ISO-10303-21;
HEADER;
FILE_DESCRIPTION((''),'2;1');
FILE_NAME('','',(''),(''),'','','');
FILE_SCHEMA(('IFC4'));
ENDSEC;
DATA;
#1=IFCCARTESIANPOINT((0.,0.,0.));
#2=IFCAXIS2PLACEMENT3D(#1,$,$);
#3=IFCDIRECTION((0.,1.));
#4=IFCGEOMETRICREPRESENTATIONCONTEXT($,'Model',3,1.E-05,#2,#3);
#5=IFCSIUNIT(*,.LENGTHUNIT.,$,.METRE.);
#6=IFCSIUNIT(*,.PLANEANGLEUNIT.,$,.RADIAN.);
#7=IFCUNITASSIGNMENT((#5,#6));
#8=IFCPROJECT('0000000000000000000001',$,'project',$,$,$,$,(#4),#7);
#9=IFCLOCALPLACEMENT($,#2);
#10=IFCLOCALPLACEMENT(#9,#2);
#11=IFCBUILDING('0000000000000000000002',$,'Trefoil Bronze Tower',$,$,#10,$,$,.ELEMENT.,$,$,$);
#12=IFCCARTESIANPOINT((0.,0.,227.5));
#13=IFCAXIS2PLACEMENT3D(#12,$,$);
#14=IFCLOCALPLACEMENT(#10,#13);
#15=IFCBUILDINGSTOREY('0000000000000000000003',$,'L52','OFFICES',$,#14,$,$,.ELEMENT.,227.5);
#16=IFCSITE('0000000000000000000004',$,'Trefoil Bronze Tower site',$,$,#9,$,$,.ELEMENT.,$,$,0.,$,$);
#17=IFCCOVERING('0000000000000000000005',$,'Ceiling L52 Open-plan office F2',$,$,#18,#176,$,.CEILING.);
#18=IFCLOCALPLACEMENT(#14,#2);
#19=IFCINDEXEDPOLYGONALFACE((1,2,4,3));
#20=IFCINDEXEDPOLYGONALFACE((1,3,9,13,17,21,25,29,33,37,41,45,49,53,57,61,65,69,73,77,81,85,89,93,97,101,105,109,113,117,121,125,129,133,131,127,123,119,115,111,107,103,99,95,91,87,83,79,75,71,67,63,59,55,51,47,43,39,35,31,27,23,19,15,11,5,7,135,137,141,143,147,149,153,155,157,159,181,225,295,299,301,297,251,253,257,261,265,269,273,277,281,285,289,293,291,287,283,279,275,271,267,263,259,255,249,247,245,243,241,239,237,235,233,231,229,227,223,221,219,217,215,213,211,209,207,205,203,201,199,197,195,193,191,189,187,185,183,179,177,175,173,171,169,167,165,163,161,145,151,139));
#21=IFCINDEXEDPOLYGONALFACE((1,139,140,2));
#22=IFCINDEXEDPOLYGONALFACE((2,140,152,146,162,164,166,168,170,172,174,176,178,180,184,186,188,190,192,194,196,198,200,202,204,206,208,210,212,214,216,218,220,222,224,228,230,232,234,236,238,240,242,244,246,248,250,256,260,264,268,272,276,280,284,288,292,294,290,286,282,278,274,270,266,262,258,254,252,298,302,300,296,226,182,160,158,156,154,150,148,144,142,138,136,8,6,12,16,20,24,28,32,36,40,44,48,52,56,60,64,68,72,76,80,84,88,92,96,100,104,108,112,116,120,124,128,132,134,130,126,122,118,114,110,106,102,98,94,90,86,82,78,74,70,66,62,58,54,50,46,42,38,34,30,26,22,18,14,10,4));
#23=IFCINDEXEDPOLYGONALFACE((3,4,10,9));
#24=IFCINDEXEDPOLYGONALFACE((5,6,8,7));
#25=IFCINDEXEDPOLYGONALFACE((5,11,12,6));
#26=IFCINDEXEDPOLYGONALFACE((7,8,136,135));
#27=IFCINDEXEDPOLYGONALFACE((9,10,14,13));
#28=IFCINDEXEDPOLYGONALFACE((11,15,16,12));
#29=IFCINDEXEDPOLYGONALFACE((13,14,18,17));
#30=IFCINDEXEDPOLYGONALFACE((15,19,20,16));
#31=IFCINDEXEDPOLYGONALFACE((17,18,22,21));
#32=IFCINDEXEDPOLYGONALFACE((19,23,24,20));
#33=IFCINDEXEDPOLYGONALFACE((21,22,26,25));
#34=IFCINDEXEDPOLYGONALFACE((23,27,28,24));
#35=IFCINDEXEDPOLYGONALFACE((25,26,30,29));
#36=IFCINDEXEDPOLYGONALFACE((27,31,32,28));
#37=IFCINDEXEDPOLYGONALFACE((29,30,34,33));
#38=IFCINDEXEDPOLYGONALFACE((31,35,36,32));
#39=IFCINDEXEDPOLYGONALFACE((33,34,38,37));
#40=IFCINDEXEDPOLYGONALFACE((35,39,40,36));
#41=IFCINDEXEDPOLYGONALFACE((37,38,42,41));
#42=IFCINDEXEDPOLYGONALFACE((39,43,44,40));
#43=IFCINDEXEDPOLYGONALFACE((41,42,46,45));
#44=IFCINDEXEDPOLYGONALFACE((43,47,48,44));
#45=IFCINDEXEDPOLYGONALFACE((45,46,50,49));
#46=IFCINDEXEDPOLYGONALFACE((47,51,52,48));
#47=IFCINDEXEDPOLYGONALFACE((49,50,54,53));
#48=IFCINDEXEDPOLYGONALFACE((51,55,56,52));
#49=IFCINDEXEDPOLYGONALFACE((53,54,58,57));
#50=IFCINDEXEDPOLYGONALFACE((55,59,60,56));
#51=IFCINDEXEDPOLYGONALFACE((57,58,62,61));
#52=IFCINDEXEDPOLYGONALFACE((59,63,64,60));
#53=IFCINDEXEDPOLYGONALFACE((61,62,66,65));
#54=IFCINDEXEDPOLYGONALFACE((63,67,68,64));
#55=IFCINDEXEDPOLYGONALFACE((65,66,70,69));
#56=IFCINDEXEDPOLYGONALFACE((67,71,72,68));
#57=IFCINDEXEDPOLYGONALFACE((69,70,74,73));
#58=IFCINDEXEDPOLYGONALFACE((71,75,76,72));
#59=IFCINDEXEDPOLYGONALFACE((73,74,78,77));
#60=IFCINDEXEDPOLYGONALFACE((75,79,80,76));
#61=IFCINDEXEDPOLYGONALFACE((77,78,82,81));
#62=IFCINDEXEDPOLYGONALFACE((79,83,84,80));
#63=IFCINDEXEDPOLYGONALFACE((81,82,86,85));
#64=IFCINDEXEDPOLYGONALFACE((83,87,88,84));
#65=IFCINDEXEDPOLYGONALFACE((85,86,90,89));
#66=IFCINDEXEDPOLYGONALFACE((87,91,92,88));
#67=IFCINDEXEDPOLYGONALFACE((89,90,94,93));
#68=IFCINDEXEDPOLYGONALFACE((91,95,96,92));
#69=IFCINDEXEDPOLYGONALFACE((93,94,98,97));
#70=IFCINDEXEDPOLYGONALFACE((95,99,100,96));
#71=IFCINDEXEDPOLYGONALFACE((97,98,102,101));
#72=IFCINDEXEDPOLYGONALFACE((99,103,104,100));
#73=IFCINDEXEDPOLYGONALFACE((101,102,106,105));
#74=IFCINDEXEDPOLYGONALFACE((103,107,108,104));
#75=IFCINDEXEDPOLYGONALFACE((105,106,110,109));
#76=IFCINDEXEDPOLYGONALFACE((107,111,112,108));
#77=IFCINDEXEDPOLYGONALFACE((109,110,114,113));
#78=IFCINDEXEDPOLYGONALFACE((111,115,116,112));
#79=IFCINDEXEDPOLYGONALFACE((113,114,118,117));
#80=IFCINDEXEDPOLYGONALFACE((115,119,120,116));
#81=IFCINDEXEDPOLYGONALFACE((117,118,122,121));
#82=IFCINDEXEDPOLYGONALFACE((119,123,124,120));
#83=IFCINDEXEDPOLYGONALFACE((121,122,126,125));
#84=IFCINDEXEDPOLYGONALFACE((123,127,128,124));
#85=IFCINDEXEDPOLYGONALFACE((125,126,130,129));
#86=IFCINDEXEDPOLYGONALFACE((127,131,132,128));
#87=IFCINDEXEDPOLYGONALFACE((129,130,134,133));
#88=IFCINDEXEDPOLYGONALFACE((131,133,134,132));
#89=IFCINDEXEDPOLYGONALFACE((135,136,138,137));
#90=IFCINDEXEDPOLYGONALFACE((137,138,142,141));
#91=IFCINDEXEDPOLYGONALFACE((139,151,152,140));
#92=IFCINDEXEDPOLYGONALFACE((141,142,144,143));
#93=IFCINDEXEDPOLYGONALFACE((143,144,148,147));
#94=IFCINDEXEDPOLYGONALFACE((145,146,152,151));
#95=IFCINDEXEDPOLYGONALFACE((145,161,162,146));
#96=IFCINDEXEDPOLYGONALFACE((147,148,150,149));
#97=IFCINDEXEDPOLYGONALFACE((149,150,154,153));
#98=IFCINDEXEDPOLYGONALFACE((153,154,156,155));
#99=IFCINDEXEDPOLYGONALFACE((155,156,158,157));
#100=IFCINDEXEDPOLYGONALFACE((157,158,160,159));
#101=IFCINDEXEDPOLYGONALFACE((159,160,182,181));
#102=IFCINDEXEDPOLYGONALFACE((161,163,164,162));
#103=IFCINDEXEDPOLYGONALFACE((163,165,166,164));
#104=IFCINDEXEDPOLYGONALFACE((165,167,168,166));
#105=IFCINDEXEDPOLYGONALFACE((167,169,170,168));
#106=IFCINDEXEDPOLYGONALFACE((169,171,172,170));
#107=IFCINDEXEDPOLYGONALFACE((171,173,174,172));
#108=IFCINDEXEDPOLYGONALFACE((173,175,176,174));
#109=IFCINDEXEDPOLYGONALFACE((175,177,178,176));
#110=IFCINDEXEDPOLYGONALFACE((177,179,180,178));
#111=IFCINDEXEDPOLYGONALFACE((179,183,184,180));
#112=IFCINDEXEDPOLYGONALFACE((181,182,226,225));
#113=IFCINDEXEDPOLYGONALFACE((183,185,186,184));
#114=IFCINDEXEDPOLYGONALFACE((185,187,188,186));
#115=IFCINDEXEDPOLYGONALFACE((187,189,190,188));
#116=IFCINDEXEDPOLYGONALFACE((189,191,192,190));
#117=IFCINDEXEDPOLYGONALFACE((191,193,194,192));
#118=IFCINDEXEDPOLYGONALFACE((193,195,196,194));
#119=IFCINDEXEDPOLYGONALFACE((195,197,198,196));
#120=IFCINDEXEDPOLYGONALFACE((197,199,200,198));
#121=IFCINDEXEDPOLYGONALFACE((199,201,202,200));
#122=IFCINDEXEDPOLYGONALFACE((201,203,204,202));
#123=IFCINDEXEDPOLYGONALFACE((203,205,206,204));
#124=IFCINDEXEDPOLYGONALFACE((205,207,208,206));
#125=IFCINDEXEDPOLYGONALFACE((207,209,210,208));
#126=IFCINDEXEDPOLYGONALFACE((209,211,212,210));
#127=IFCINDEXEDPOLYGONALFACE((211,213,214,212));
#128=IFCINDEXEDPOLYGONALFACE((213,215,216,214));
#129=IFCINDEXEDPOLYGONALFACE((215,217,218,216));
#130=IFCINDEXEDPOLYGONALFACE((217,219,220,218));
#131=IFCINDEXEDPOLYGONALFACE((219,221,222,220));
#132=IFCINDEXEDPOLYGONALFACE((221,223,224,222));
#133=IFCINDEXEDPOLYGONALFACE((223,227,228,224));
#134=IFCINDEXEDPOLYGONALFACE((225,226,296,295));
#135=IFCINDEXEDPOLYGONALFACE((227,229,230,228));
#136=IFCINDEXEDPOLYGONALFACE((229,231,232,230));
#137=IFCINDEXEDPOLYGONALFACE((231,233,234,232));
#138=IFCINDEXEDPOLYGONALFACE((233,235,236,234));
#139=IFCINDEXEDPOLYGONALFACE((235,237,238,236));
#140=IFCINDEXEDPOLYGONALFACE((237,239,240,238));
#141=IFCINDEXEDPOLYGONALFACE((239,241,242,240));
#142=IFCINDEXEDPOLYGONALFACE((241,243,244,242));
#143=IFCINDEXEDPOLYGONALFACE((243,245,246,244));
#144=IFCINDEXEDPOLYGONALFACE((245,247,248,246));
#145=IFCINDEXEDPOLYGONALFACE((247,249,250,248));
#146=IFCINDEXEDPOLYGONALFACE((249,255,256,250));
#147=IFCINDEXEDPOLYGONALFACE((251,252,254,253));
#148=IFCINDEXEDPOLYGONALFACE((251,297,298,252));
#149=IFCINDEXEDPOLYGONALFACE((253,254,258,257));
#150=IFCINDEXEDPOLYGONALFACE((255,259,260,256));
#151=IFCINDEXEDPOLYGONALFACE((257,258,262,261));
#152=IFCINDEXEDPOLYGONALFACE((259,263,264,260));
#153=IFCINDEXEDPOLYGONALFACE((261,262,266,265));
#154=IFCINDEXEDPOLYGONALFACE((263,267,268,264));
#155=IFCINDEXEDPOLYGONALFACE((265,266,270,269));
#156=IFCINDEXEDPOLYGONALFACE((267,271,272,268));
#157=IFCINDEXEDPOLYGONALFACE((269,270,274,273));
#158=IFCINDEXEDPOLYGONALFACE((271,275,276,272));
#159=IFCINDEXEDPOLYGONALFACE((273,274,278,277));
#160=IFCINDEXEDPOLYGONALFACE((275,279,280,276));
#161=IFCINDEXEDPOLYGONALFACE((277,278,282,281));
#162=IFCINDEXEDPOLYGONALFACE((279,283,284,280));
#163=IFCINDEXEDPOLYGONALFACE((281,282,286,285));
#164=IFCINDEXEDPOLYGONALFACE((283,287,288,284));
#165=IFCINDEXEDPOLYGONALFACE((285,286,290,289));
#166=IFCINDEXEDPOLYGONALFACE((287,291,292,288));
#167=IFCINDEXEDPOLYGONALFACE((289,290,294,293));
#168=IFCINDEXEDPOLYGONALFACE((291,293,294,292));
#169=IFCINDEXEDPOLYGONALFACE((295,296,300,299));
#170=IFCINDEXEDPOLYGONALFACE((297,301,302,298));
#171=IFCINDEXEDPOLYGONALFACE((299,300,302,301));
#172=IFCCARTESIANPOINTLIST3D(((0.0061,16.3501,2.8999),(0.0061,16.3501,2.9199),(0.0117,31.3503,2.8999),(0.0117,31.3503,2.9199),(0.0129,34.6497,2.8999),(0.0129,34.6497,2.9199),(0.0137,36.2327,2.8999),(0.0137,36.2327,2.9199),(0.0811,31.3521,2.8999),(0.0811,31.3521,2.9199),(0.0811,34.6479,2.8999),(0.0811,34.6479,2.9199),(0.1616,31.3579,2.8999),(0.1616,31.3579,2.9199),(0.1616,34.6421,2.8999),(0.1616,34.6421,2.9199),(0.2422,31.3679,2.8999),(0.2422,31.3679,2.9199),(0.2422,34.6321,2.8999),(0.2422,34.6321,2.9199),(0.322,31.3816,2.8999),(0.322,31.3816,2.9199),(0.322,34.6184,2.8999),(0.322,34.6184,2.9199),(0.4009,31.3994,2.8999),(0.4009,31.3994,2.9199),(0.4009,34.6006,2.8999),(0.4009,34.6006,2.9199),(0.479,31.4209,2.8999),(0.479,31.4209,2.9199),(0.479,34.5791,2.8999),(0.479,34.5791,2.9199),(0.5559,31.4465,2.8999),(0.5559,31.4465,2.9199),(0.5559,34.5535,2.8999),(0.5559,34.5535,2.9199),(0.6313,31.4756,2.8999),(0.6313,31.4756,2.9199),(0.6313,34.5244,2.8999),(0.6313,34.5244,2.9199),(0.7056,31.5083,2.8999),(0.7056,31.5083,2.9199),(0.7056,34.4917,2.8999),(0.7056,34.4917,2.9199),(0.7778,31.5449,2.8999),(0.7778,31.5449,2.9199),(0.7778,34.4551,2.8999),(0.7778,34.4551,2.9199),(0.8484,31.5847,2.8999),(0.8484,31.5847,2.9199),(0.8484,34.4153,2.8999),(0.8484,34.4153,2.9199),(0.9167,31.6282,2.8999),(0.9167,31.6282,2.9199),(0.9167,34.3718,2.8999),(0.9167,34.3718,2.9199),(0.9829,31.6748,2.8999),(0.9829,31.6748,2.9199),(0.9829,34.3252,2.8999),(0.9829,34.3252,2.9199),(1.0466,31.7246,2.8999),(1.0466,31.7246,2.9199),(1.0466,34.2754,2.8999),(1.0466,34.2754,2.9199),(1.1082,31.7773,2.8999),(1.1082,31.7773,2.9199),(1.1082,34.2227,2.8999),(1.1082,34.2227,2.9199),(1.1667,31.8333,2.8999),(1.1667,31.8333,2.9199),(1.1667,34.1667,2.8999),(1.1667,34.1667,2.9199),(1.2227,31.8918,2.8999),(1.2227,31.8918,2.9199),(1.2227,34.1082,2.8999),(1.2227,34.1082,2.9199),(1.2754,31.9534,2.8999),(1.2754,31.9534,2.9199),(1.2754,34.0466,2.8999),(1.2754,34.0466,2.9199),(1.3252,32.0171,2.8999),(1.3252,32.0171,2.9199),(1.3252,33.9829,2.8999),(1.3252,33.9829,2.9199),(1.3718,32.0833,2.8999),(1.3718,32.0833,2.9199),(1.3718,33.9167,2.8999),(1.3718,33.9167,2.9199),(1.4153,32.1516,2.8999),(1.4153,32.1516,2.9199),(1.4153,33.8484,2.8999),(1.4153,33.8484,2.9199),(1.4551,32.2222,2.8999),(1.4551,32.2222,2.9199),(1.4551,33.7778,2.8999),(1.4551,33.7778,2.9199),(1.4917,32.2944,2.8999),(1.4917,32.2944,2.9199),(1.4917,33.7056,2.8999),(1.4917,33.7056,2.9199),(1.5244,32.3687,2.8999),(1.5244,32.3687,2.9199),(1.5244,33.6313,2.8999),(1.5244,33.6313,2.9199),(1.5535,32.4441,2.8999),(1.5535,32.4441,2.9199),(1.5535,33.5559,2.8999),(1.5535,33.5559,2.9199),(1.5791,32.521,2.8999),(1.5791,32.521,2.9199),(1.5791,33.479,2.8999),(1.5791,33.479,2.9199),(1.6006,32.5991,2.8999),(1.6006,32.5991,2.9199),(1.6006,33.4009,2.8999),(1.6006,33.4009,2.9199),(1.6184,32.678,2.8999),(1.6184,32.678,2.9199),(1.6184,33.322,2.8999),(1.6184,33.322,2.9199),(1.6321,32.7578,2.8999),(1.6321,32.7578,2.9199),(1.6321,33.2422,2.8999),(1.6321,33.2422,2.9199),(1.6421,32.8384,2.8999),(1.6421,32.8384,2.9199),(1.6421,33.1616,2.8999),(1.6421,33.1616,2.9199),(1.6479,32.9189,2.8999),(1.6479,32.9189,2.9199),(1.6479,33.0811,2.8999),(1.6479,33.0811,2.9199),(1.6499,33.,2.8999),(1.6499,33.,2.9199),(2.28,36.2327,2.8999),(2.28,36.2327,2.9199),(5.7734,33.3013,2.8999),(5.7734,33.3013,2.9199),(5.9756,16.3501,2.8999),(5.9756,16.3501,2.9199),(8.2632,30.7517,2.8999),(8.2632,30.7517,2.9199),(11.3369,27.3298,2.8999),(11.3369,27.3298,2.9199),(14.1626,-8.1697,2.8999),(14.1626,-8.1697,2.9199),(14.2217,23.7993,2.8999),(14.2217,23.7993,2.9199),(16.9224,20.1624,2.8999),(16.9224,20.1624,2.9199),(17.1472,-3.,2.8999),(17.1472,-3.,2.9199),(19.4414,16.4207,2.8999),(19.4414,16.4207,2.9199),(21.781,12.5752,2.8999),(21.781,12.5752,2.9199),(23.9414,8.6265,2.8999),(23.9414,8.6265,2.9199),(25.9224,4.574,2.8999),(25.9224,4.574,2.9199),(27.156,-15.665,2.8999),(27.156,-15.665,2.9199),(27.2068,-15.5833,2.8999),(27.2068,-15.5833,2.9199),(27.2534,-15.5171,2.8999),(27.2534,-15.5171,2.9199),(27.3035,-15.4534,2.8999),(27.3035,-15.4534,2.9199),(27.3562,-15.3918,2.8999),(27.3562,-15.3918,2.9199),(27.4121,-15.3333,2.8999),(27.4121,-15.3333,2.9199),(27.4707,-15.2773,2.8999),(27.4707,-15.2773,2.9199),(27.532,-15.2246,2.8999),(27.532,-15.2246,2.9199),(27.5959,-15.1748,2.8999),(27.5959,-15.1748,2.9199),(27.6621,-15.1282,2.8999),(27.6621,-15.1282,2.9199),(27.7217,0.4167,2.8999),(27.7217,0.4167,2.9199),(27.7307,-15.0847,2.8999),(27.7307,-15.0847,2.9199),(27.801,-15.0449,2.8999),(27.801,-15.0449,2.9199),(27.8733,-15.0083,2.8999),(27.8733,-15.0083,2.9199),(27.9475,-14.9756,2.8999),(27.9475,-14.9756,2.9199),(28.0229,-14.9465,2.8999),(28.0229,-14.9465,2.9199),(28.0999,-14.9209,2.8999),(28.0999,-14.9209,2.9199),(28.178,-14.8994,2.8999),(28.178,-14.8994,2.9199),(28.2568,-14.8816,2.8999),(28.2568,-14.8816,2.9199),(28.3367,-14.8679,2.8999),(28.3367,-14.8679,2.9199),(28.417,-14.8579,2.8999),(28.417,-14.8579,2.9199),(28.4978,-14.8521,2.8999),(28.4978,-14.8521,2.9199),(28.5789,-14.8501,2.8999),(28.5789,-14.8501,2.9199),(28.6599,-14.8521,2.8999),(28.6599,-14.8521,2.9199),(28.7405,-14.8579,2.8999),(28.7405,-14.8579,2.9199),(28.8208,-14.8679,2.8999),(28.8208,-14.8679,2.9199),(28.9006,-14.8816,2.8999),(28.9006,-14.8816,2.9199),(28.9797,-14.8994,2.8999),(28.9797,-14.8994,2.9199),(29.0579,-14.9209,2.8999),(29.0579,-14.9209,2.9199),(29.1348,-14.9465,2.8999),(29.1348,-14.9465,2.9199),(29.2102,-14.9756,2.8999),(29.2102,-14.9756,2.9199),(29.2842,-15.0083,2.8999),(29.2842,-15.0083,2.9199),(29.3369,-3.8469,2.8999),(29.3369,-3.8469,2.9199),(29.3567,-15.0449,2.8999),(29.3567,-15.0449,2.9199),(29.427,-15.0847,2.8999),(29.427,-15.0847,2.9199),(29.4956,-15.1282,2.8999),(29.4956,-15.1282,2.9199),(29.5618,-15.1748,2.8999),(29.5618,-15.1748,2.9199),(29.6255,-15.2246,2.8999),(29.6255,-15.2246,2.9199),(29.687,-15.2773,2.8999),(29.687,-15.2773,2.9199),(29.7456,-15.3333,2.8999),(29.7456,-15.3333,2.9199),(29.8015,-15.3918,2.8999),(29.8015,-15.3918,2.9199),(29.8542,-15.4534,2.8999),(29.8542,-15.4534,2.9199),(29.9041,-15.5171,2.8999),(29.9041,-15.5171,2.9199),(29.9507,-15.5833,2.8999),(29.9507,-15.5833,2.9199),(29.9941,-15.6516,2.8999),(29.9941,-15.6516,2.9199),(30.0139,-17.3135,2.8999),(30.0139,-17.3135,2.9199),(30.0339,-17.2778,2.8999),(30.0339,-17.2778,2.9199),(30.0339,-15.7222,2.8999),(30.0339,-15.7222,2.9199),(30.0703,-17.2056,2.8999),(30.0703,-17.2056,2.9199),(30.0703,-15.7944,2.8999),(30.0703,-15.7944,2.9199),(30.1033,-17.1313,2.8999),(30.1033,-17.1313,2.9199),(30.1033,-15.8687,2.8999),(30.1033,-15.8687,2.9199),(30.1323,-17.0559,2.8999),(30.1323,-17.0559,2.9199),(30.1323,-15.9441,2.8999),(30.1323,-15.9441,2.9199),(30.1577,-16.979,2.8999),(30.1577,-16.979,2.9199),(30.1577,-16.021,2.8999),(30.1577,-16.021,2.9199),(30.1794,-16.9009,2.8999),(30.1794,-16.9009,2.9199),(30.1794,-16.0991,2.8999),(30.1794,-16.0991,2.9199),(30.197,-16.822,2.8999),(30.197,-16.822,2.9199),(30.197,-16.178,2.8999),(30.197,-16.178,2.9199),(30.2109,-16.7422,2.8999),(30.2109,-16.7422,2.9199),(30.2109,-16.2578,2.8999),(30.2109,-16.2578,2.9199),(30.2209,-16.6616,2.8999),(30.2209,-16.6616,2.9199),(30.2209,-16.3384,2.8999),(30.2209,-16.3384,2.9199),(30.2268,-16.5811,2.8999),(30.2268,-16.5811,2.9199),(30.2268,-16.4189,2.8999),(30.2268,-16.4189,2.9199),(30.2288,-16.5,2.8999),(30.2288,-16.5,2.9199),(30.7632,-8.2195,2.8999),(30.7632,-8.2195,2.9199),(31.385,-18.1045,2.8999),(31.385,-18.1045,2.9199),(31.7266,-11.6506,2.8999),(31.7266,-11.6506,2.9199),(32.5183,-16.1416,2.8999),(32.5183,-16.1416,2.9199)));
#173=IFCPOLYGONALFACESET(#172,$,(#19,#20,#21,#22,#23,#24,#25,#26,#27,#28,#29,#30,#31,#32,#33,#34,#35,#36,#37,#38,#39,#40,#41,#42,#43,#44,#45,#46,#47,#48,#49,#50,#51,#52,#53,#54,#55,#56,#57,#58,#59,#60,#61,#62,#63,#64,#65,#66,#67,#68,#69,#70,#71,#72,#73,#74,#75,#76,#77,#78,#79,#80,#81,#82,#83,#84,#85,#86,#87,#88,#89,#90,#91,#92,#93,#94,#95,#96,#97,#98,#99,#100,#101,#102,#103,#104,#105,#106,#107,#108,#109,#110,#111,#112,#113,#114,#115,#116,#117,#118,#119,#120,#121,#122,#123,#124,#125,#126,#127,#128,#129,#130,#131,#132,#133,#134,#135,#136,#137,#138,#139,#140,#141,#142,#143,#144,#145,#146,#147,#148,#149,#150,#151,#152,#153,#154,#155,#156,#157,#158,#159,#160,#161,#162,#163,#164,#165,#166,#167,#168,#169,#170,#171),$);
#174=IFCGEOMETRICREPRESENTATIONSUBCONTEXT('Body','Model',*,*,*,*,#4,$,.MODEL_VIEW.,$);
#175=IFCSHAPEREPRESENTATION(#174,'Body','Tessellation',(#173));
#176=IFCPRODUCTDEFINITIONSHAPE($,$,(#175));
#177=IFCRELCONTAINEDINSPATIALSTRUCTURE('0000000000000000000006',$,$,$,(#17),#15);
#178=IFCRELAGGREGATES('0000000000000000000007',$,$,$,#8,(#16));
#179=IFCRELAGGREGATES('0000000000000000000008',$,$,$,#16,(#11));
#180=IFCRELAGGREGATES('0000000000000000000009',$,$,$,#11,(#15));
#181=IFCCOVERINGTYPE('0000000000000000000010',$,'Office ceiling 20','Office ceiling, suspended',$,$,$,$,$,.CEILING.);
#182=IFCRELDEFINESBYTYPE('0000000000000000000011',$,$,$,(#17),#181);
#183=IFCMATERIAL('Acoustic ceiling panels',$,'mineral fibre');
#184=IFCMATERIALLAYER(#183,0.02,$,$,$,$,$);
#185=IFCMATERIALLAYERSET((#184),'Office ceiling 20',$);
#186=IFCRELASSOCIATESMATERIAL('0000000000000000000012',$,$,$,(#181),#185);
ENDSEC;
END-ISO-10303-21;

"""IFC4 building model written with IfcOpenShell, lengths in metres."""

from ifc_helpers import new_model, si_unit, direction, frame, origin, place, context, subcontext, project, spatial, polyline, outline, extrude, material, layer, layer_set, type_object, element, save


model = new_model("IFC4")

# Units and contexts
model_context = context("Model", 3, precision=1e-05, world=origin(), true_north=direction((0.0, 1.0)))
body_context = subcontext(model_context, "Body", "Model", "MODEL_VIEW")
ifc_project = project(units=[si_unit("LENGTHUNIT", "METRE"), si_unit("PLANEANGLEUNIT", "RADIAN")], contexts=[model_context])

# Site, building, storey
site_placement = place(None, origin())
site = spatial("IfcSite", under=ifc_project, at=site_placement, Name="Trefoil Bronze Tower site", CompositionType="ELEMENT", RefElevation=0.0)
building_placement = place(site_placement, origin())
building = spatial("IfcBuilding", under=site, at=building_placement, Name="Trefoil Bronze Tower", CompositionType="ELEMENT")
storey_placement = place(building_placement, frame((0.0, 0.0, 227.5)))
storey = spatial("IfcBuildingStorey", under=building, at=storey_placement, Name="L52", Description="OFFICES", CompositionType="ELEMENT", Elevation=227.5)

# Covering
ifc_material_1 = material(Name="Acoustic ceiling panels", Category="mineral fibre")
ifc_layer_1 = layer(ifc_material_1, 0.02)
ifc_layer_set_1 = layer_set([ifc_layer_1], Name="Office ceiling 20")
covering_type_1 = type_object("IfcCoveringType", Name="Office ceiling 20", Description="Office ceiling, suspended", PredefinedType="CEILING", material=ifc_layer_set_1)
covering_1_placement = place(storey_placement, frame((0.0, 0.0, 2.8999)))
element("IfcCovering", 1, at=covering_1_placement, inside=storey, type_object=covering_type_1, Name="Ceiling L52 Open-plan office F2", PredefinedType="CEILING", context=body_context, shape_type="SweptSolid", body=[
    extrude(outline(polyline([(8.2632, 30.7517), (11.3369, 27.3298), (14.2217, 23.7993), (16.9224, 20.1624), (19.4414, 16.4207), (21.781, 12.5752), (23.9414, 8.6265), (25.9224, 4.574), (27.7217, 0.4167), (29.3369, -3.8469), (30.7632, -8.2195), (31.7266, -11.6506), (32.5183, -16.1416), (31.385, -18.1045), (30.0139, -17.3135), (30.0339, -17.2778), (30.0703, -17.2056), (30.1033, -17.1313), (30.1323, -17.0559), (30.1577, -16.979), (30.1794, -16.9009), (30.197, -16.822), (30.2109, -16.7422), (30.2209, -16.6616), (30.2268, -16.5811), (30.2288, -16.5), (30.2268, -16.4189), (30.2209, -16.3384), (30.2109, -16.2578), (30.197, -16.178), (30.1794, -16.0991), (30.1577, -16.021), (30.1323, -15.9441), (30.1033, -15.8687), (30.0703, -15.7944), (30.0339, -15.7222), (29.9941, -15.6516), (29.9507, -15.5833), (29.9041, -15.5171), (29.8542, -15.4534), (29.8015, -15.3918), (29.7456, -15.3333), (29.687, -15.2773), (29.6255, -15.2246), (29.5618, -15.1748), (29.4956, -15.1282), (29.427, -15.0847), (29.3567, -15.0449), (29.2842, -15.0083), (29.2102, -14.9756), (29.1348, -14.9465), (29.0579, -14.9209), (28.9797, -14.8994), (28.9006, -14.8816), (28.8208, -14.8679), (28.7405, -14.8579), (28.6599, -14.8521), (28.5789, -14.8501), (28.4978, -14.8521), (28.417, -14.8579), (28.3367, -14.8679), (28.2568, -14.8816), (28.178, -14.8994), (28.0999, -14.9209), (28.0229, -14.9465), (27.9475, -14.9756), (27.8733, -15.0083), (27.801, -15.0449), (27.7307, -15.0847), (27.6621, -15.1282), (27.5959, -15.1748), (27.532, -15.2246), (27.4707, -15.2773), (27.4121, -15.3333), (27.3562, -15.3918), (27.3035, -15.4534), (27.2534, -15.5171), (27.2068, -15.5833), (27.156, -15.665), (14.1626, -8.1697), (17.1472, -3.0), (5.9756, 16.3501), (0.0061, 16.3501), (0.0117, 31.3503), (0.0811, 31.3521), (0.1616, 31.3579), (0.2422, 31.3679), (0.322, 31.3816), (0.4009, 31.3994), (0.479, 31.4209), (0.5559, 31.4465), (0.6313, 31.4756), (0.7056, 31.5083), (0.7778, 31.5449), (0.8484, 31.5847), (0.9167, 31.6282), (0.9829, 31.6748), (1.0466, 31.7246), (1.1082, 31.7773), (1.1667, 31.8333), (1.2227, 31.8918), (1.2754, 31.9534), (1.3252, 32.0171), (1.3718, 32.0833), (1.4153, 32.1516), (1.4551, 32.2222), (1.4917, 32.2944), (1.5244, 32.3687), (1.5535, 32.4441), (1.5791, 32.521), (1.6006, 32.5991), (1.6184, 32.678), (1.6321, 32.7578), (1.6421, 32.8384), (1.6479, 32.9189), (1.6499, 33.0), (1.6479, 33.0811), (1.6421, 33.1616), (1.6321, 33.2422), (1.6184, 33.322), (1.6006, 33.4009), (1.5791, 33.479), (1.5535, 33.5559), (1.5244, 33.6313), (1.4917, 33.7056), (1.4551, 33.7778), (1.4153, 33.8484), (1.3718, 33.9167), (1.3252, 33.9829), (1.2754, 34.0466), (1.2227, 34.1082), (1.1667, 34.1667), (1.1082, 34.2227), (1.0466, 34.2754), (0.9829, 34.3252), (0.9167, 34.3718), (0.8484, 34.4153), (0.7778, 34.4551), (0.7056, 34.4917), (0.6313, 34.5244), (0.5559, 34.5535), (0.479, 34.5791), (0.4009, 34.6006), (0.322, 34.6184), (0.2422, 34.6321), (0.1616, 34.6421), (0.0811, 34.6479), (0.0129, 34.6497), (0.0137, 36.2327), (2.28, 36.2327), (5.7734, 33.3013), (8.2632, 30.7517)])), origin(), (0.0, 0.0, 1.0), 0.02),
])

save(model, "model.ifc")
